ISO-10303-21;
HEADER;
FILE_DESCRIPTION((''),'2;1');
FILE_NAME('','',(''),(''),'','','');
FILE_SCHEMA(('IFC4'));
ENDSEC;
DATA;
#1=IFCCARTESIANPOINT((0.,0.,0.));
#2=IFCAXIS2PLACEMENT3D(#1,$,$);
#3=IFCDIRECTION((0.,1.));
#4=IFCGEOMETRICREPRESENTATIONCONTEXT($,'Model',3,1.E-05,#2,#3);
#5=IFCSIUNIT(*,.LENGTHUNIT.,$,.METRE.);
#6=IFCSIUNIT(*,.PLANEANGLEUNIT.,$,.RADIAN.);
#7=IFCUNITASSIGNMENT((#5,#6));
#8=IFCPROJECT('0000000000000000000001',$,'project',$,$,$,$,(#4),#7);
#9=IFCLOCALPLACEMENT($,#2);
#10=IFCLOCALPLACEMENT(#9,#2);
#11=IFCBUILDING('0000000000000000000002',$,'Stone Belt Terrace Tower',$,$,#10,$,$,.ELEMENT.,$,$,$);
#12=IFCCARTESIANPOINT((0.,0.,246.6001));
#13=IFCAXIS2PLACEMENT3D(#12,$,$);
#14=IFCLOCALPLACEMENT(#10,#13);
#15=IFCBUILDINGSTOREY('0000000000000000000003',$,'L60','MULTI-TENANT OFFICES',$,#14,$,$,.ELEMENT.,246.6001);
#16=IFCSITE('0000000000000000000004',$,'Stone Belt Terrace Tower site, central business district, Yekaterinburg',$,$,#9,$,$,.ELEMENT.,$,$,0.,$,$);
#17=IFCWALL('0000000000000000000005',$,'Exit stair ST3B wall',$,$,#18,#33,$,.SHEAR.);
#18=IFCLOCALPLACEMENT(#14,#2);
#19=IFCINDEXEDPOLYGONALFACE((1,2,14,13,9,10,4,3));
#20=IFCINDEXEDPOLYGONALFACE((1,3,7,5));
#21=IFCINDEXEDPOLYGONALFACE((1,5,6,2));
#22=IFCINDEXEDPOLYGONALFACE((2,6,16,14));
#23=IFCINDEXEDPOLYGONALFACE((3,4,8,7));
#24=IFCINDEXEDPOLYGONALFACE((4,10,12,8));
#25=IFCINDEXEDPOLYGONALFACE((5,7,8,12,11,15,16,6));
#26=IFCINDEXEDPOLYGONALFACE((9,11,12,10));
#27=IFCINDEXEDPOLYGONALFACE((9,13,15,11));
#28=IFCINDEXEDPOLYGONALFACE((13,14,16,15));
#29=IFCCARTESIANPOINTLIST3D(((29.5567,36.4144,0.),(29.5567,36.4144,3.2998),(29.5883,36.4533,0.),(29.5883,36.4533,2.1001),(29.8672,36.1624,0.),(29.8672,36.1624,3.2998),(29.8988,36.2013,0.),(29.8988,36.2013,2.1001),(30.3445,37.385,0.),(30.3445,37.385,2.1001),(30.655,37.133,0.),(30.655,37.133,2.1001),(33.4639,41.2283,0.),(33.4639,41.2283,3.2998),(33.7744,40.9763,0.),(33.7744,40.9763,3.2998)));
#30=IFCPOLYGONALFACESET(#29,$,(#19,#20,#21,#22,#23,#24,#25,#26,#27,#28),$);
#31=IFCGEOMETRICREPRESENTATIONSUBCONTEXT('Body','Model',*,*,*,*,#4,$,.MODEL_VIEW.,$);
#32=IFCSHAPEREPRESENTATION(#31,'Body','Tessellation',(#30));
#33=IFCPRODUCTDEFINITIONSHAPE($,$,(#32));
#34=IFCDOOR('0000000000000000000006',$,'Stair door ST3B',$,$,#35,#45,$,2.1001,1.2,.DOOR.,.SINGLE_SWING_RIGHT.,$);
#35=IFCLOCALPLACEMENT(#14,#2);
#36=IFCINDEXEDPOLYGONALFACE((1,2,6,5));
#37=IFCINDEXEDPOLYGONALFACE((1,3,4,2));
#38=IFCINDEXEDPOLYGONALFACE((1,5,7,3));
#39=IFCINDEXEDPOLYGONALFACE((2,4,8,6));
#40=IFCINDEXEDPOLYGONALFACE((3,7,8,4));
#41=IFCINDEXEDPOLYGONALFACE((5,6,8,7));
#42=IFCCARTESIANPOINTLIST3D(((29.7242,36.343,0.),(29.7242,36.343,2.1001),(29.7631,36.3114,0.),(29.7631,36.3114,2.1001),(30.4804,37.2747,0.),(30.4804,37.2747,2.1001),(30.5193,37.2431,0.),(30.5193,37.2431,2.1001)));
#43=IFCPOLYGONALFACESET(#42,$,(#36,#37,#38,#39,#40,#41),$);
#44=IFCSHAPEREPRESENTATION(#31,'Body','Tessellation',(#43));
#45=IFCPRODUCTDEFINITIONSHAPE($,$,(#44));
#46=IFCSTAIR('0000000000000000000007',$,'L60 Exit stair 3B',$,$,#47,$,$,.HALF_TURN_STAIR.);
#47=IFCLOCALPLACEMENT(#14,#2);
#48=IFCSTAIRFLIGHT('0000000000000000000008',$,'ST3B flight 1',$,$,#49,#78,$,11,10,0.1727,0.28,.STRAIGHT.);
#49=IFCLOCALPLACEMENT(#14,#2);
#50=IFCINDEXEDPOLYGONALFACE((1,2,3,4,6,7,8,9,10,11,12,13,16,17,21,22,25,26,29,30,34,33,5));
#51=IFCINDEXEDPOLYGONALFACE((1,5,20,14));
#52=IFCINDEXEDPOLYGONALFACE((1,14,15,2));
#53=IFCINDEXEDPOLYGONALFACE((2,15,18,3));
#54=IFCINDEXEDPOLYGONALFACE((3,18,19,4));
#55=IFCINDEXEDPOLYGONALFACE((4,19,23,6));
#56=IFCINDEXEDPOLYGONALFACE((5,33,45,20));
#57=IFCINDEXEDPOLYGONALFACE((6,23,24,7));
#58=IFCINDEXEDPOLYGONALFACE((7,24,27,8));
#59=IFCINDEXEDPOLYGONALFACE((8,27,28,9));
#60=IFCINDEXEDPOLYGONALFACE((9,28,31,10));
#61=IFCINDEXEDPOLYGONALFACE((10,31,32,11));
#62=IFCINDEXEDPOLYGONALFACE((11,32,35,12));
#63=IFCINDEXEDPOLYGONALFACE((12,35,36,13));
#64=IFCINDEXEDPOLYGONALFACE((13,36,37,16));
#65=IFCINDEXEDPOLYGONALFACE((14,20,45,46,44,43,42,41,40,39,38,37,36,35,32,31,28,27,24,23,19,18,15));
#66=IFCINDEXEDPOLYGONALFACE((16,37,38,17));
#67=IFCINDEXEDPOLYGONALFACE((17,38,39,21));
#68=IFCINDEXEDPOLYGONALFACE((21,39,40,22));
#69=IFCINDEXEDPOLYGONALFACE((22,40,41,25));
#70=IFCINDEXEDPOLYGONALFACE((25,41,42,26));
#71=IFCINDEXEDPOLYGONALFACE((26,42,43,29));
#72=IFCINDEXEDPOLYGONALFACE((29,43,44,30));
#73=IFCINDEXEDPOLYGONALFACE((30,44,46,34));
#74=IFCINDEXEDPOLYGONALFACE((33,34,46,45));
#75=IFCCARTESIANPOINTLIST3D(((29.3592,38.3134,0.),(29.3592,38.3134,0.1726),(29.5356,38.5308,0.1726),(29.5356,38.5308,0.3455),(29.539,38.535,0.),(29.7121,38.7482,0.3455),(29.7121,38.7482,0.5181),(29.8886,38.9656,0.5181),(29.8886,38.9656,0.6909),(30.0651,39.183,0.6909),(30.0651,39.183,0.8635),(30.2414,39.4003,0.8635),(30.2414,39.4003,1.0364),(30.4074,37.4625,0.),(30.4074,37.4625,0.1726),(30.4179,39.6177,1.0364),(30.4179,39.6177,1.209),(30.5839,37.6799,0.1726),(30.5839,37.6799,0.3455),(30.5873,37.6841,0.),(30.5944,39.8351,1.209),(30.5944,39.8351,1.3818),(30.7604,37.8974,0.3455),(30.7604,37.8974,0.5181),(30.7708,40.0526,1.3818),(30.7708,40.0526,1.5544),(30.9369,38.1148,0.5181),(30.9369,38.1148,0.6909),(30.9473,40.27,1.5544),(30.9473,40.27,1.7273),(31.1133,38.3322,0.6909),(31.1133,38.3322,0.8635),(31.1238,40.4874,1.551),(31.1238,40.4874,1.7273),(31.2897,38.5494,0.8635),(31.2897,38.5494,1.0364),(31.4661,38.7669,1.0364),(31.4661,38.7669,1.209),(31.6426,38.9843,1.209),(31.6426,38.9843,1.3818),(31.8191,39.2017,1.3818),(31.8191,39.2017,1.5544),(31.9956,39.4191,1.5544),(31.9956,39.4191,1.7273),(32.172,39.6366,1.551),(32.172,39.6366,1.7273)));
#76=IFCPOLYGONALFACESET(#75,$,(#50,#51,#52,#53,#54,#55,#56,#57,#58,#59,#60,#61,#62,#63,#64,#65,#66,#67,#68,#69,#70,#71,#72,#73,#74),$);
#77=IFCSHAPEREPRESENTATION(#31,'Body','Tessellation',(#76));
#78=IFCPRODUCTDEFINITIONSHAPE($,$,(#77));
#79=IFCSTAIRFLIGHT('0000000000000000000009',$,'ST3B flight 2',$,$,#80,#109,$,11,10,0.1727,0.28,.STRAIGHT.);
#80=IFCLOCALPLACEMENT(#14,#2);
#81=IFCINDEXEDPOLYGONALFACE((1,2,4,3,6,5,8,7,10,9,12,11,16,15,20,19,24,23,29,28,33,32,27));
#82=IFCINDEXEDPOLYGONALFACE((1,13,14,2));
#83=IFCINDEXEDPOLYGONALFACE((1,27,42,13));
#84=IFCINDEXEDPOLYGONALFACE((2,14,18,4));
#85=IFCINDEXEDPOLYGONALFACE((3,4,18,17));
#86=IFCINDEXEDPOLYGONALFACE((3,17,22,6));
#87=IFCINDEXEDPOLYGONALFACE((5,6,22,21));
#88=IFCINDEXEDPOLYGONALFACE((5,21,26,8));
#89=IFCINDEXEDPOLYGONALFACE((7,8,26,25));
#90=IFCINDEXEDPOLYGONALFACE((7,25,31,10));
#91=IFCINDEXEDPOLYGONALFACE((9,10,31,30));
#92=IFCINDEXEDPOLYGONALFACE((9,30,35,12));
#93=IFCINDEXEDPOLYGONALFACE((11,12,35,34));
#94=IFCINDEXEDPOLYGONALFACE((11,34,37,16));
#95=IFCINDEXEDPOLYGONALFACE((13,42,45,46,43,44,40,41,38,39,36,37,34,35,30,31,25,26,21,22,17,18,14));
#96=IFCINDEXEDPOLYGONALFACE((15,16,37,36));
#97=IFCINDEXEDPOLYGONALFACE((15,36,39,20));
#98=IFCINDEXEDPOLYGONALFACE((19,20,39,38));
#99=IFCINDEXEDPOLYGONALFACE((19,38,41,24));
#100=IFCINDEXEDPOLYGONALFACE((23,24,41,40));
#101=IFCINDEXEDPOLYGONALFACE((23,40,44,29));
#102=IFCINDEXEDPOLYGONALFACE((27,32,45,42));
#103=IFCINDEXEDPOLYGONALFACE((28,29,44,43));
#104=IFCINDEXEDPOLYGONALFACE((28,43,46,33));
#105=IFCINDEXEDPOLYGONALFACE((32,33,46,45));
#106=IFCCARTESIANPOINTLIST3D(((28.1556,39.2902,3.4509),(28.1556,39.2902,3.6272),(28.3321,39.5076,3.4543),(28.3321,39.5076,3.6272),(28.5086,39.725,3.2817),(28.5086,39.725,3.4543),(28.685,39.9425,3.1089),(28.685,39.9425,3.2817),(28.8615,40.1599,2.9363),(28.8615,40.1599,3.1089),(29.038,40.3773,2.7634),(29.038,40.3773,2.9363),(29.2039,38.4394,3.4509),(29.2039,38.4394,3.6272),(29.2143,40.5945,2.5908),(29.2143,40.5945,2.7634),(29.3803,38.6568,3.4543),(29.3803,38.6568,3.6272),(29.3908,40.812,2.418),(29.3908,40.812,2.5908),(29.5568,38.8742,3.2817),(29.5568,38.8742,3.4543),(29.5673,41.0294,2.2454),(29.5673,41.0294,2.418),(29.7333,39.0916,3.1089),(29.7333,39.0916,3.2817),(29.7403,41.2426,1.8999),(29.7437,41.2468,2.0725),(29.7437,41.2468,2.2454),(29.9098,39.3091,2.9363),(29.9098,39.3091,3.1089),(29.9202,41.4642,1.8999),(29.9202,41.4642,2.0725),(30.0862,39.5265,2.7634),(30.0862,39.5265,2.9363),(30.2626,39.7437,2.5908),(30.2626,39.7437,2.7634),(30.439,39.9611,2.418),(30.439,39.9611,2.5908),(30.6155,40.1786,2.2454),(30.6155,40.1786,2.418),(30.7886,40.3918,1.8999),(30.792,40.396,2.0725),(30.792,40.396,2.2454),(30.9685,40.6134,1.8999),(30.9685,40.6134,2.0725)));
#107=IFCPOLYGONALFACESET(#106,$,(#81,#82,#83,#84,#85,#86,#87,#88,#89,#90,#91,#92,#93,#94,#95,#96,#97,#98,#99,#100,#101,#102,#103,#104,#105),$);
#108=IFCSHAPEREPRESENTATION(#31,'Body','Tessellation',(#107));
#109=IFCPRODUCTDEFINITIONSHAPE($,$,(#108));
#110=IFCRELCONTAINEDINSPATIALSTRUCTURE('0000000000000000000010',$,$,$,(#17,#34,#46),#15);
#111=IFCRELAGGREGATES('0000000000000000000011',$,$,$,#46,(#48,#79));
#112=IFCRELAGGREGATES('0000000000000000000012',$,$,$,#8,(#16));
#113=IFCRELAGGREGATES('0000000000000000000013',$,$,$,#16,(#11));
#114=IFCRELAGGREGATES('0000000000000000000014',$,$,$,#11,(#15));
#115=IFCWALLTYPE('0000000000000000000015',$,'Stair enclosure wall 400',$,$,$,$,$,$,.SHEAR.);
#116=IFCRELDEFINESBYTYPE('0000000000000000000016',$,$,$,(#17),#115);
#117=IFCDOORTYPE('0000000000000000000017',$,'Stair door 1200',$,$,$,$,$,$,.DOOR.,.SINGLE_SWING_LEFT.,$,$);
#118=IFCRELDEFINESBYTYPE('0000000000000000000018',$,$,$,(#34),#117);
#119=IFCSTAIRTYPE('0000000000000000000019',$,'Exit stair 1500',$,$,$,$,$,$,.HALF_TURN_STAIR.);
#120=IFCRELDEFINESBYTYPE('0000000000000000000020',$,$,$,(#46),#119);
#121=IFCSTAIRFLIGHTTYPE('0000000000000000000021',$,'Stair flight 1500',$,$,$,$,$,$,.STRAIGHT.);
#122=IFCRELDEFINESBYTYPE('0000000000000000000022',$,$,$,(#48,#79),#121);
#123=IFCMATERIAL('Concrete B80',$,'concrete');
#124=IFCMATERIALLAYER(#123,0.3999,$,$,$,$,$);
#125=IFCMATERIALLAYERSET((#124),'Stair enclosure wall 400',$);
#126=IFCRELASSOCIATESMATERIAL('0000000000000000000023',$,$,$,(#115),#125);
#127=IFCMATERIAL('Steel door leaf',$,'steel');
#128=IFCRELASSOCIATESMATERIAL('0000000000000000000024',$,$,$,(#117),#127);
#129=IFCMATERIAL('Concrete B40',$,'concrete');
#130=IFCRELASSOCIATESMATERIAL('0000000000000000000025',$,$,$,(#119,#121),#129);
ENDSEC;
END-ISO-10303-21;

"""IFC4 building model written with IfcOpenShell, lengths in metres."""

from ifc_helpers import new_model, si_unit, direction, frame, frame_2d, origin, place, context, subcontext, project, spatial, polyline, rectangle, outline, extrude, material, layer, layer_set, type_object, element, fill, aggregate, save


model = new_model("IFC4")

# Units and contexts
model_context = context("Model", 3, precision=1e-05, world=origin(), true_north=direction((0.0, 1.0)))
body_context = subcontext(model_context, "Body", "Model", "MODEL_VIEW")
ifc_project = project(units=[si_unit("LENGTHUNIT", "METRE"), si_unit("PLANEANGLEUNIT", "RADIAN")], contexts=[model_context])

# Site, building, storey
site_placement = place(None, origin())
site = spatial("IfcSite", under=ifc_project, at=site_placement, Name="Stone Belt Terrace Tower site, central business district, Yekaterinburg", CompositionType="ELEMENT", RefElevation=0.0)
building_placement = place(site_placement, origin())
building = spatial("IfcBuilding", under=site, at=building_placement, Name="Stone Belt Terrace Tower", CompositionType="ELEMENT")
storey_placement = place(building_placement, frame((0.0, 0.0, 246.6001)))
storey = spatial("IfcBuildingStorey", under=building, at=storey_placement, Name="L60", Description="MULTI-TENANT OFFICES", CompositionType="ELEMENT", Elevation=246.6001)

# Shared definitions
ifc_material_1 = material(Name="Concrete B80", Category="concrete")
ifc_layer_1 = layer(ifc_material_1, 0.3999)
ifc_layer_set_1 = layer_set([ifc_layer_1], Name="Stair enclosure wall 400")
wall_type_1 = type_object("IfcWallType", Name="Stair enclosure wall 400", PredefinedType="SHEAR", material=ifc_layer_set_1)

# Shared definitions
ifc_material_2 = material(Name="Steel door leaf", Category="steel")

# Wall, opening, door
wall_1_placement = place(storey_placement, frame((29.7119, 36.2883, 0.0), z_axis=(0.0, 0.0, 1.0), x_axis=(0.630192, 0.776439, 0.0)))
wall_1 = element("IfcWall", 1, at=wall_1_placement, inside=storey, type_object=wall_type_1, Name="Exit stair ST3B wall", PredefinedType="SHEAR", context=body_context, shape_type="SweptSolid", body=[
    extrude(rectangle(XDim=6.2, YDim=0.3999, at=frame_2d((3.1001, 0.0))), origin(), (0.0, 0.0, 1.0), 3.2998),
])
opening_1_placement = place(wall_1_placement, frame((0.05, 0.0, 0.0)))
opening_1 = element("IfcOpeningElement", 2, at=opening_1_placement, cuts=wall_1, PredefinedType="OPENING", context=body_context, shape_type="SweptSolid", body=[
    extrude(rectangle(XDim=1.2, YDim=2.1001, at=frame_2d((0.6001, 1.05))), frame((0.0, 0.21, 0.0), z_axis=(0.0, -1.0, 0.0), x_axis=(1.0, 0.0, 0.0)), (0.0, 0.0, 1.0), 0.4199),
])
door_type_1 = type_object("IfcDoorType", Name="Stair door 1200", OperationType="SINGLE_SWING_LEFT", PredefinedType="DOOR", material=ifc_material_2)
door_1_placement = place(opening_1_placement, origin())
door_1 = element("IfcDoor", 3, at=door_1_placement, inside=storey, type_object=door_type_1, Name="Stair door ST3B", OperationType="SINGLE_SWING_RIGHT", OverallHeight=2.1001, OverallWidth=1.2, PredefinedType="DOOR", context=body_context, shape_type="SweptSolid", body=[
    extrude(rectangle(XDim=1.2, YDim=2.1001, at=frame_2d((0.6001, 1.05))), frame((0.0, 0.0249, 0.0), z_axis=(0.0, -1.0, 0.0), x_axis=(1.0, 0.0, 0.0)), (0.0, 0.0, 1.0), 0.05),
])
fill(opening_1, door_1)

# Stair, stair flights
ifc_material_3 = material(Name="Concrete B40", Category="concrete")
stair_type = type_object("IfcStairType", Name="Exit stair 1500", PredefinedType="HALF_TURN_STAIR", material=ifc_material_3)
stair_placement = place(storey_placement, origin())
stair = element("IfcStair", 4, at=stair_placement, inside=storey, type_object=stair_type, Name="L60 Exit stair 3B", PredefinedType="HALF_TURN_STAIR")
stair_flight_type = type_object("IfcStairFlightType", Name="Stair flight 1500", PredefinedType="STRAIGHT", material=ifc_material_3)
stair_flight_1_placement = place(storey_placement, frame((29.8833, 37.8879, 0.0), z_axis=(0.0, 0.0, 1.0), x_axis=(0.630206, 0.776428, 0.0)))
stair_flight_1 = element("IfcStairFlight", 5, at=stair_flight_1_placement, type_object=stair_flight_type, Name="ST3B flight 1", NumberOfRisers=11, NumberOfTreads=10, PredefinedType="STRAIGHT", RiserHeight=0.1727, TreadLength=0.28, context=body_context, shape_type="SweptSolid", body=[
    extrude(outline(polyline([(0.0, 0.0), (0.0, 0.1726), (0.28, 0.1726), (0.28, 0.3455), (0.5601, 0.3455), (0.5601, 0.5181), (0.8401, 0.5181), (0.8401, 0.6909), (1.1201, 0.6909), (1.1201, 0.8635), (1.3999, 0.8635), (1.3999, 1.0364), (1.6799, 1.0364), (1.6799, 1.209), (1.96, 1.209), (1.96, 1.3818), (2.24, 1.3818), (2.24, 1.5544), (2.52, 1.5544), (2.52, 1.7273), (2.8, 1.7273), (2.8, 1.8999), (2.8, 1.551), (0.2854, 0.0), (0.0, 0.0)])), frame((0.0, 0.675, 0.0), z_axis=(0.0, -1.0, 0.0), x_axis=(1.0, 0.0, 0.0)), (0.0, 0.0, 1.0), 1.3501),
])
stair_flight_2_placement = place(storey_placement, frame((30.4443, 41.0388, 1.8999), z_axis=(0.0, 0.0, 1.0), x_axis=(-0.630206, -0.776428, 0.0)))
stair_flight_2 = element("IfcStairFlight", 6, at=stair_flight_2_placement, type_object=stair_flight_type, Name="ST3B flight 2", NumberOfRisers=11, NumberOfTreads=10, PredefinedType="STRAIGHT", RiserHeight=0.1727, TreadLength=0.28, context=body_context, shape_type="SweptSolid", body=[
    extrude(outline(polyline([(0.0, 0.0), (0.0, 0.1726), (0.28, 0.1726), (0.28, 0.3455), (0.5601, 0.3455), (0.5601, 0.5181), (0.8401, 0.5181), (0.8401, 0.6909), (1.1201, 0.6909), (1.1201, 0.8635), (1.3999, 0.8635), (1.3999, 1.0364), (1.6799, 1.0364), (1.6799, 1.209), (1.96, 1.209), (1.96, 1.3818), (2.24, 1.3818), (2.24, 1.5544), (2.52, 1.5544), (2.52, 1.7273), (2.8, 1.7273), (2.8, 1.8999), (2.8, 1.551), (0.2854, 0.0), (0.0, 0.0)])), frame((0.0, 0.675, 0.0), z_axis=(0.0, -1.0, 0.0), x_axis=(1.0, 0.0, 0.0)), (0.0, 0.0, 1.0), 1.3501),
])
aggregate(stair, [stair_flight_1, stair_flight_2])

save(model, "model.ifc")
